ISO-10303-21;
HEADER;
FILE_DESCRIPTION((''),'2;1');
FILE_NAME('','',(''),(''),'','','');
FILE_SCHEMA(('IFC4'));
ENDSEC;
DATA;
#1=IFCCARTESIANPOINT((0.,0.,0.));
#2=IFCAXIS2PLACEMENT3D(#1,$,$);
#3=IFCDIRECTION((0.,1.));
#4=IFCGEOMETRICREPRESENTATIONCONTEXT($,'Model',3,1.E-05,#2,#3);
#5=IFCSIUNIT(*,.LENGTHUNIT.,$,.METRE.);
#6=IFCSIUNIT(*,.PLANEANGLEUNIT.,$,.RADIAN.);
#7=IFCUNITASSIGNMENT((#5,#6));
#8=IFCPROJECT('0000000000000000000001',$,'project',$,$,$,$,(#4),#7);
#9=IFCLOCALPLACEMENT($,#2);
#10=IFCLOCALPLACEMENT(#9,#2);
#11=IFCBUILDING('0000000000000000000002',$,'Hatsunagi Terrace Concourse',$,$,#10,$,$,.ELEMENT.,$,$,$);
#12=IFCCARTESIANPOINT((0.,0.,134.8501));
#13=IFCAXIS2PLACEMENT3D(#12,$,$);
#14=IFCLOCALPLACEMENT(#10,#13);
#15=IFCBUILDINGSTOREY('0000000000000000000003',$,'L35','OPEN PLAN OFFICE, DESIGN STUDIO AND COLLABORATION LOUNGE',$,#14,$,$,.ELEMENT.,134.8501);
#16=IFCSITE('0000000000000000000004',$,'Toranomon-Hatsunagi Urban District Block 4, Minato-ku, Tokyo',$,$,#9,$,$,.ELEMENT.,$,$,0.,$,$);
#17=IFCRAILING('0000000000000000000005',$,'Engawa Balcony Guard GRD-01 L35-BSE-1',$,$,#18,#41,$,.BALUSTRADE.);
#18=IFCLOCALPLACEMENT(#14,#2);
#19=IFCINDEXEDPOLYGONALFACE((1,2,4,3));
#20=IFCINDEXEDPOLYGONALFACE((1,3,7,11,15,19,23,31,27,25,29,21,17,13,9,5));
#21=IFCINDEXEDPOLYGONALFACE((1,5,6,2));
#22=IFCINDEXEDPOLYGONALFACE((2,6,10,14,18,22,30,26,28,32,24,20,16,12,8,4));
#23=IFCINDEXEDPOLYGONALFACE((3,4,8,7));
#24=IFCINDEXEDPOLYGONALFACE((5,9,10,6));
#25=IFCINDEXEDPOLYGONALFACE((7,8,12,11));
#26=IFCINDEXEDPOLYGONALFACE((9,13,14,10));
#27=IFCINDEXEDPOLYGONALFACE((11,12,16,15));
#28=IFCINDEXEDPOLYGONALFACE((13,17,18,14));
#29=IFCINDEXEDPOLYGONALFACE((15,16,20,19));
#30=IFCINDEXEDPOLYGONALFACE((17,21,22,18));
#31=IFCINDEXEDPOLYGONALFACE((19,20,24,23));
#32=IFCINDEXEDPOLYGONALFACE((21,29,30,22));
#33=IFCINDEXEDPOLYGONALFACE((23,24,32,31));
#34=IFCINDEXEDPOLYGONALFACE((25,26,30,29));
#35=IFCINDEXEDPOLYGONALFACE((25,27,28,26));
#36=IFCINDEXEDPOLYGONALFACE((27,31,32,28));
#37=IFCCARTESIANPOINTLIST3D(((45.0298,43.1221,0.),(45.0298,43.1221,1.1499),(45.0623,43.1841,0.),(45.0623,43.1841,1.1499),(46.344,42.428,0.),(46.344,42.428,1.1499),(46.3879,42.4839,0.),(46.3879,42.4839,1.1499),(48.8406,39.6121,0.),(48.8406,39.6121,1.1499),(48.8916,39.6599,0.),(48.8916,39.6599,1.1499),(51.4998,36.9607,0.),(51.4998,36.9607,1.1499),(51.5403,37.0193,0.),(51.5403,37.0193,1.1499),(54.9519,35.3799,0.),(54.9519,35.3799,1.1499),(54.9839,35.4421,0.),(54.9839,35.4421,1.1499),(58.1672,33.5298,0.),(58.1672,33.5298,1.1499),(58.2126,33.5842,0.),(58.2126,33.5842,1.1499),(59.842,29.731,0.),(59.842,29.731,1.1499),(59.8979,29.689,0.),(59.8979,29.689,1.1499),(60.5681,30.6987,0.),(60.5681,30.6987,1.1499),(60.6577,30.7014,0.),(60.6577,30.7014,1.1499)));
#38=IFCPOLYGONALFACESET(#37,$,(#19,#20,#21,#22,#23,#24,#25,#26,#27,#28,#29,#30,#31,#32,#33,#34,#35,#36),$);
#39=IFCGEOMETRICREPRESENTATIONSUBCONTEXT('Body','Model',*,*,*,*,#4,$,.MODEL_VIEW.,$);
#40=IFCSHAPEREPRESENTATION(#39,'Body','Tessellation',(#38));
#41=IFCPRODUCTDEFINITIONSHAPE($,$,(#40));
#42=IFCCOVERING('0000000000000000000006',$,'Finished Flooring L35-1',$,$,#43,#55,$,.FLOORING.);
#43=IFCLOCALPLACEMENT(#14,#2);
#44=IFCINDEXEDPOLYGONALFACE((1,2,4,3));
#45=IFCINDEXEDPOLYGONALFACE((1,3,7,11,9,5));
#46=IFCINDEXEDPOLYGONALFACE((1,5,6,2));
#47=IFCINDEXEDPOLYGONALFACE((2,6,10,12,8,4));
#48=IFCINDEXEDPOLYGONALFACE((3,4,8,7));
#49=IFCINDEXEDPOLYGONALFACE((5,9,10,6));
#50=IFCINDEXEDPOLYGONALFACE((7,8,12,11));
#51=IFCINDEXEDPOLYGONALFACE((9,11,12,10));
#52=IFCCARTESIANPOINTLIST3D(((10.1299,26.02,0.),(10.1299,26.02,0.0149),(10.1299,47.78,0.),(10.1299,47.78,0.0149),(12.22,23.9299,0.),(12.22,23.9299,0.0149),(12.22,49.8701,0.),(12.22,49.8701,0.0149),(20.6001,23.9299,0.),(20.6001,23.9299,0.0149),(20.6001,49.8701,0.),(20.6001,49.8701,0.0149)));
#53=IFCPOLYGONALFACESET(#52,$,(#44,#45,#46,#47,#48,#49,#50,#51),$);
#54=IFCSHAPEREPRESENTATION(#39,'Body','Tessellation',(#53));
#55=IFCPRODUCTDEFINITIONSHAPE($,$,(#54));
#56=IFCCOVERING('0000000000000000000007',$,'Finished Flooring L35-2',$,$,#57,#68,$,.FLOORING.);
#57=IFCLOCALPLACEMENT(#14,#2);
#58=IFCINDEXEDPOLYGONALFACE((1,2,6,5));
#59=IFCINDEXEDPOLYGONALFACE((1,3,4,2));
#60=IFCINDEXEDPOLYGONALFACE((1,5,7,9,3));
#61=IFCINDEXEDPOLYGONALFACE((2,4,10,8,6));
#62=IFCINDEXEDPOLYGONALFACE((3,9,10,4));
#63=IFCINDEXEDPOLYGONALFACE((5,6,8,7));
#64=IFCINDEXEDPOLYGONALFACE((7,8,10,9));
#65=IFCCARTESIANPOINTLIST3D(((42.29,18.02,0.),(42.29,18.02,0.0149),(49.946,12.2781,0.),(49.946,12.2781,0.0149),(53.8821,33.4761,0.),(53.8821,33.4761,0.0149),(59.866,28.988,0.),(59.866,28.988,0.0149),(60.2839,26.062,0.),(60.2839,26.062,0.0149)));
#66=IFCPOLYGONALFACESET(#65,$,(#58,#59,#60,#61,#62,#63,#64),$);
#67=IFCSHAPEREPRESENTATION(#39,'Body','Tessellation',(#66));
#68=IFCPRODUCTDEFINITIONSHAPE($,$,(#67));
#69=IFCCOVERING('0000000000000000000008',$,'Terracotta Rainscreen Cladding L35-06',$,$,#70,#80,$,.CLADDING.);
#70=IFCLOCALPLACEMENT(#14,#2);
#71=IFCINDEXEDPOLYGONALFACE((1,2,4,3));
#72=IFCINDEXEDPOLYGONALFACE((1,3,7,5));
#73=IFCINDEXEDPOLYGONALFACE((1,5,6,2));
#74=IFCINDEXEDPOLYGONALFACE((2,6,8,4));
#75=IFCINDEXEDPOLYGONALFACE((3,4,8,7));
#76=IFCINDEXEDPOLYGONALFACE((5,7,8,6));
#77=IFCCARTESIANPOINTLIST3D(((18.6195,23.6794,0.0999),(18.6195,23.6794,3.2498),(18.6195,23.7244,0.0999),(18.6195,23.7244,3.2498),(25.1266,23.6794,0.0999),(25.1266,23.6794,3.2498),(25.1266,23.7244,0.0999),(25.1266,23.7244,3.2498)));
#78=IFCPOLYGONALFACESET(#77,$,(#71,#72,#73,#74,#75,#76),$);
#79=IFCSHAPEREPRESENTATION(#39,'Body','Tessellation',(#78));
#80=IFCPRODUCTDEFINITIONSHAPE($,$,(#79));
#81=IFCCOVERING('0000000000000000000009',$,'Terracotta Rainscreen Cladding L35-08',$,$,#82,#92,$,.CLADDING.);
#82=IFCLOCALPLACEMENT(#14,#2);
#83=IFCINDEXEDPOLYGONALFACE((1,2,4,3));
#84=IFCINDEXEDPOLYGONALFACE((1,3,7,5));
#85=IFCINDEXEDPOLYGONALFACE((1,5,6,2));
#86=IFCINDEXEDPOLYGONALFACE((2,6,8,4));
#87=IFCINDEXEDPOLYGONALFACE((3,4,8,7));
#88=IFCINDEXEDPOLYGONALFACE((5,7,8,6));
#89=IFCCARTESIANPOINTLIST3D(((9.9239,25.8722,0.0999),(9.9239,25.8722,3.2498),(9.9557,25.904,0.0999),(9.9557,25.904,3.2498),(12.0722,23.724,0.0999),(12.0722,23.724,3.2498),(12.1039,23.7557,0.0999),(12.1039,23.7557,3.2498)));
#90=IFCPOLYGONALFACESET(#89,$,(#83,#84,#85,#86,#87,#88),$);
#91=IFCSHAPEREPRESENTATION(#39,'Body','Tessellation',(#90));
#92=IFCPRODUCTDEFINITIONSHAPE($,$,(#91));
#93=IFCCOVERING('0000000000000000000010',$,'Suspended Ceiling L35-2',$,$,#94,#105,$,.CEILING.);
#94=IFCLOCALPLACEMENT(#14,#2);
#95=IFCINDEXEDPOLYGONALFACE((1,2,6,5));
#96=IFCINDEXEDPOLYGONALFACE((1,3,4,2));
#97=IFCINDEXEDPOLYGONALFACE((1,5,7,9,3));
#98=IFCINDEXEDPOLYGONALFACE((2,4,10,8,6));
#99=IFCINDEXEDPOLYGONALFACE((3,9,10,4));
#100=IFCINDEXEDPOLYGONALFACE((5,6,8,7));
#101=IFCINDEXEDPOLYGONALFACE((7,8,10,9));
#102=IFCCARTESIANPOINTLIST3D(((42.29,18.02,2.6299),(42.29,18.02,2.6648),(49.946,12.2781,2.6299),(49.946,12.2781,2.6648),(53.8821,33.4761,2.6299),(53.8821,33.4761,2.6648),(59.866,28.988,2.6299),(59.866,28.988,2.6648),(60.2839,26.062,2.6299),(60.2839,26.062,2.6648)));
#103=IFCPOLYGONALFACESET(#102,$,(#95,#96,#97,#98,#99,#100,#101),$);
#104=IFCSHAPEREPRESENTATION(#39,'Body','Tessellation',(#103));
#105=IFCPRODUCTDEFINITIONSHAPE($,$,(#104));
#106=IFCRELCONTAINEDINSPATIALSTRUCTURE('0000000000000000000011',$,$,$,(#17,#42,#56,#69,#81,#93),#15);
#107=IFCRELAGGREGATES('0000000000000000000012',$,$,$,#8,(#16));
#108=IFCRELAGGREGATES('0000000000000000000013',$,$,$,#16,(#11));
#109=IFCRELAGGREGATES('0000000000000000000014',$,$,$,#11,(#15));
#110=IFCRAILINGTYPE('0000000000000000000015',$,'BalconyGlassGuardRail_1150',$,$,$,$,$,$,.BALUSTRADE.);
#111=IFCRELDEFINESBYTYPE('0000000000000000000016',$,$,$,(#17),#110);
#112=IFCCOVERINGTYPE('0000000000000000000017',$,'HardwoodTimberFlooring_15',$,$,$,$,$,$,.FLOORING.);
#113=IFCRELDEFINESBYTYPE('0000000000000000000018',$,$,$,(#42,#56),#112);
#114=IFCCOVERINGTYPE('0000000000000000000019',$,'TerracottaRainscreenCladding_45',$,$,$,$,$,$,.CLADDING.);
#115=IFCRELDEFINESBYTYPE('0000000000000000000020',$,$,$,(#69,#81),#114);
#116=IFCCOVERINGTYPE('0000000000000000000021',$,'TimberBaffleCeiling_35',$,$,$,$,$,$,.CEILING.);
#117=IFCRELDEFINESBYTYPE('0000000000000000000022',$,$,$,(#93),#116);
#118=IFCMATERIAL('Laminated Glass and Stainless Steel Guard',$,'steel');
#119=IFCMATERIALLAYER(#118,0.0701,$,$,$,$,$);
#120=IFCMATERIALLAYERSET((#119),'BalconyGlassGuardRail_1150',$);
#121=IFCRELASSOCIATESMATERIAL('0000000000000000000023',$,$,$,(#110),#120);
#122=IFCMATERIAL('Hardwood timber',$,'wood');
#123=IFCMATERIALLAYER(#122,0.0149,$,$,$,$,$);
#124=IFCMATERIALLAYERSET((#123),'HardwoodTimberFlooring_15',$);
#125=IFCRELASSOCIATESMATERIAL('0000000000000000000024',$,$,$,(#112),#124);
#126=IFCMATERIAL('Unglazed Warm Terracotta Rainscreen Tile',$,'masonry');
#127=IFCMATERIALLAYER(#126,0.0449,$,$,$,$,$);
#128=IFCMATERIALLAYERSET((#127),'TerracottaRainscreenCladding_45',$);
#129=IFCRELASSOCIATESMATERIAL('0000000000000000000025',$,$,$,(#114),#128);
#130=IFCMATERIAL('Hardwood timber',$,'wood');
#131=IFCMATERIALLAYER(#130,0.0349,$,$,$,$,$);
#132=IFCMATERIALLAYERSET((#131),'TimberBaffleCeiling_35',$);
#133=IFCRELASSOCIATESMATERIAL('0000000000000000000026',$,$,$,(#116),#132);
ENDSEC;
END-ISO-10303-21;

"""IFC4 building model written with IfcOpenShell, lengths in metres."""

from ifc_helpers import new_model, si_unit, direction, frame, origin, origin_2d, place, context, subcontext, project, spatial, polyline, rectangle, outline, extrude, material, layer, layer_set, type_object, element, save


model = new_model("IFC4")

# Units and contexts
model_context = context("Model", 3, precision=1e-05, world=origin(), true_north=direction((0.0, 1.0)))
body_context = subcontext(model_context, "Body", "Model", "MODEL_VIEW")
ifc_project = project(units=[si_unit("LENGTHUNIT", "METRE"), si_unit("PLANEANGLEUNIT", "RADIAN")], contexts=[model_context])

# Site, building, storey
site_placement = place(None, origin())
site = spatial("IfcSite", under=ifc_project, at=site_placement, Name="Toranomon-Hatsunagi Urban District Block 4, Minato-ku, Tokyo", CompositionType="ELEMENT", RefElevation=0.0)
building_placement = place(site_placement, origin())
building = spatial("IfcBuilding", under=site, at=building_placement, Name="Hatsunagi Terrace Concourse", CompositionType="ELEMENT")
storey_placement = place(building_placement, frame((0.0, 0.0, 134.8501)))
storey = spatial("IfcBuildingStorey", under=building, at=storey_placement, Name="L35", Description="OPEN PLAN OFFICE, DESIGN STUDIO AND COLLABORATION LOUNGE", CompositionType="ELEMENT", Elevation=134.8501)

# Railing
ifc_material_1 = material(Name="Laminated Glass and Stainless Steel Guard", Category="steel")
ifc_layer_1 = layer(ifc_material_1, 0.0701)
ifc_layer_set_1 = layer_set([ifc_layer_1], Name="BalconyGlassGuardRail_1150")
railing_type = type_object("IfcRailingType", Name="BalconyGlassGuardRail_1150", PredefinedType="BALUSTRADE", material=ifc_layer_set_1)
railing_1_placement = place(storey_placement, origin())
element("IfcRailing", 1, at=railing_1_placement, inside=storey, type_object=railing_type, Name="Engawa Balcony Guard GRD-01 L35-BSE-1", PredefinedType="BALUSTRADE", context=body_context, shape_type="SweptSolid", body=[
    extrude(outline(polyline([(45.0623, 43.1841), (45.0298, 43.1221), (46.344, 42.428), (48.8406, 39.6121), (51.4998, 36.9607), (54.9519, 35.3799), (58.1672, 33.5298), (60.5681, 30.6987), (59.842, 29.731), (59.8979, 29.689), (60.6577, 30.7014), (58.2126, 33.5842), (54.9839, 35.4421), (51.5403, 37.0193), (48.8916, 39.6599), (46.3879, 42.4839), (45.0623, 43.1841)])), origin(), (0.0, 0.0, 1.0), 1.1499),
])

# Coverings
ifc_material_2 = material(Name="Hardwood timber", Category="wood")
ifc_layer_2 = layer(ifc_material_2, 0.0149)
ifc_layer_set_2 = layer_set([ifc_layer_2], Name="HardwoodTimberFlooring_15")
covering_type_1 = type_object("IfcCoveringType", Name="HardwoodTimberFlooring_15", PredefinedType="FLOORING", material=ifc_layer_set_2)
covering_1_placement = place(storey_placement, origin())
element("IfcCovering", 2, at=covering_1_placement, inside=storey, type_object=covering_type_1, Name="Finished Flooring L35-1", PredefinedType="FLOORING", context=body_context, shape_type="SweptSolid", body=[
    extrude(outline(polyline([(10.1299, 26.02), (12.22, 23.9299), (20.6001, 23.9299), (20.6001, 49.8701), (12.22, 49.8701), (10.1299, 47.78), (10.1299, 26.02)])), origin(), (0.0, 0.0, 1.0), 0.0149),
])
covering_2_placement = place(storey_placement, origin())
element("IfcCovering", 3, at=covering_2_placement, inside=storey, type_object=covering_type_1, Name="Finished Flooring L35-2", PredefinedType="FLOORING", context=body_context, shape_type="SweptSolid", body=[
    extrude(outline(polyline([(59.866, 28.988), (53.8821, 33.4761), (42.29, 18.02), (49.946, 12.2781), (60.2839, 26.062), (59.866, 28.988)])), origin(), (0.0, 0.0, 1.0), 0.0149),
])
ifc_material_3 = material(Name="Unglazed Warm Terracotta Rainscreen Tile", Category="masonry")
ifc_layer_3 = layer(ifc_material_3, 0.0449)
ifc_layer_set_3 = layer_set([ifc_layer_3], Name="TerracottaRainscreenCladding_45")
covering_type_2 = type_object("IfcCoveringType", Name="TerracottaRainscreenCladding_45", PredefinedType="CLADDING", material=ifc_layer_set_3)
covering_3_placement = place(storey_placement, frame((21.873, 23.7019, 0.0999), z_axis=(0.0, 0.0, 1.0), x_axis=(-1.0, 0.0, 0.0)))
element("IfcCovering", 4, at=covering_3_placement, inside=storey, type_object=covering_type_2, Name="Terracotta Rainscreen Cladding L35-06", PredefinedType="CLADDING", context=body_context, shape_type="SweptSolid", body=[
    extrude(rectangle(XDim=6.5071, YDim=0.0449, at=origin_2d()), origin(), (0.0, 0.0, 1.0), 3.1499),
])
covering_4_placement = place(storey_placement, frame((11.0139, 24.814, 0.0999), z_axis=(0.0, 0.0, 1.0), x_axis=(-0.707107, 0.707107, 0.0)))
element("IfcCovering", 5, at=covering_4_placement, inside=storey, type_object=covering_type_2, Name="Terracotta Rainscreen Cladding L35-08", PredefinedType="CLADDING", context=body_context, shape_type="SweptSolid", body=[
    extrude(rectangle(XDim=3.0381, YDim=0.0449, at=origin_2d()), origin(), (0.0, 0.0, 1.0), 3.1499),
])
ifc_material_4 = material(Name="Hardwood timber", Category="wood")
ifc_layer_4 = layer(ifc_material_4, 0.0349)
ifc_layer_set_4 = layer_set([ifc_layer_4], Name="TimberBaffleCeiling_35")
covering_type_3 = type_object("IfcCoveringType", Name="TimberBaffleCeiling_35", PredefinedType="CEILING", material=ifc_layer_set_4)
covering_5_placement = place(storey_placement, frame((0.0, 0.0, 2.6299)))
element("IfcCovering", 6, at=covering_5_placement, inside=storey, type_object=covering_type_3, Name="Suspended Ceiling L35-2", PredefinedType="CEILING", context=body_context, shape_type="SweptSolid", body=[
    extrude(outline(polyline([(59.866, 28.988), (53.8821, 33.4761), (42.29, 18.02), (49.946, 12.2781), (60.2839, 26.062), (59.866, 28.988)])), origin(), (0.0, 0.0, 1.0), 0.0349),
])

save(model, "model.ifc")
